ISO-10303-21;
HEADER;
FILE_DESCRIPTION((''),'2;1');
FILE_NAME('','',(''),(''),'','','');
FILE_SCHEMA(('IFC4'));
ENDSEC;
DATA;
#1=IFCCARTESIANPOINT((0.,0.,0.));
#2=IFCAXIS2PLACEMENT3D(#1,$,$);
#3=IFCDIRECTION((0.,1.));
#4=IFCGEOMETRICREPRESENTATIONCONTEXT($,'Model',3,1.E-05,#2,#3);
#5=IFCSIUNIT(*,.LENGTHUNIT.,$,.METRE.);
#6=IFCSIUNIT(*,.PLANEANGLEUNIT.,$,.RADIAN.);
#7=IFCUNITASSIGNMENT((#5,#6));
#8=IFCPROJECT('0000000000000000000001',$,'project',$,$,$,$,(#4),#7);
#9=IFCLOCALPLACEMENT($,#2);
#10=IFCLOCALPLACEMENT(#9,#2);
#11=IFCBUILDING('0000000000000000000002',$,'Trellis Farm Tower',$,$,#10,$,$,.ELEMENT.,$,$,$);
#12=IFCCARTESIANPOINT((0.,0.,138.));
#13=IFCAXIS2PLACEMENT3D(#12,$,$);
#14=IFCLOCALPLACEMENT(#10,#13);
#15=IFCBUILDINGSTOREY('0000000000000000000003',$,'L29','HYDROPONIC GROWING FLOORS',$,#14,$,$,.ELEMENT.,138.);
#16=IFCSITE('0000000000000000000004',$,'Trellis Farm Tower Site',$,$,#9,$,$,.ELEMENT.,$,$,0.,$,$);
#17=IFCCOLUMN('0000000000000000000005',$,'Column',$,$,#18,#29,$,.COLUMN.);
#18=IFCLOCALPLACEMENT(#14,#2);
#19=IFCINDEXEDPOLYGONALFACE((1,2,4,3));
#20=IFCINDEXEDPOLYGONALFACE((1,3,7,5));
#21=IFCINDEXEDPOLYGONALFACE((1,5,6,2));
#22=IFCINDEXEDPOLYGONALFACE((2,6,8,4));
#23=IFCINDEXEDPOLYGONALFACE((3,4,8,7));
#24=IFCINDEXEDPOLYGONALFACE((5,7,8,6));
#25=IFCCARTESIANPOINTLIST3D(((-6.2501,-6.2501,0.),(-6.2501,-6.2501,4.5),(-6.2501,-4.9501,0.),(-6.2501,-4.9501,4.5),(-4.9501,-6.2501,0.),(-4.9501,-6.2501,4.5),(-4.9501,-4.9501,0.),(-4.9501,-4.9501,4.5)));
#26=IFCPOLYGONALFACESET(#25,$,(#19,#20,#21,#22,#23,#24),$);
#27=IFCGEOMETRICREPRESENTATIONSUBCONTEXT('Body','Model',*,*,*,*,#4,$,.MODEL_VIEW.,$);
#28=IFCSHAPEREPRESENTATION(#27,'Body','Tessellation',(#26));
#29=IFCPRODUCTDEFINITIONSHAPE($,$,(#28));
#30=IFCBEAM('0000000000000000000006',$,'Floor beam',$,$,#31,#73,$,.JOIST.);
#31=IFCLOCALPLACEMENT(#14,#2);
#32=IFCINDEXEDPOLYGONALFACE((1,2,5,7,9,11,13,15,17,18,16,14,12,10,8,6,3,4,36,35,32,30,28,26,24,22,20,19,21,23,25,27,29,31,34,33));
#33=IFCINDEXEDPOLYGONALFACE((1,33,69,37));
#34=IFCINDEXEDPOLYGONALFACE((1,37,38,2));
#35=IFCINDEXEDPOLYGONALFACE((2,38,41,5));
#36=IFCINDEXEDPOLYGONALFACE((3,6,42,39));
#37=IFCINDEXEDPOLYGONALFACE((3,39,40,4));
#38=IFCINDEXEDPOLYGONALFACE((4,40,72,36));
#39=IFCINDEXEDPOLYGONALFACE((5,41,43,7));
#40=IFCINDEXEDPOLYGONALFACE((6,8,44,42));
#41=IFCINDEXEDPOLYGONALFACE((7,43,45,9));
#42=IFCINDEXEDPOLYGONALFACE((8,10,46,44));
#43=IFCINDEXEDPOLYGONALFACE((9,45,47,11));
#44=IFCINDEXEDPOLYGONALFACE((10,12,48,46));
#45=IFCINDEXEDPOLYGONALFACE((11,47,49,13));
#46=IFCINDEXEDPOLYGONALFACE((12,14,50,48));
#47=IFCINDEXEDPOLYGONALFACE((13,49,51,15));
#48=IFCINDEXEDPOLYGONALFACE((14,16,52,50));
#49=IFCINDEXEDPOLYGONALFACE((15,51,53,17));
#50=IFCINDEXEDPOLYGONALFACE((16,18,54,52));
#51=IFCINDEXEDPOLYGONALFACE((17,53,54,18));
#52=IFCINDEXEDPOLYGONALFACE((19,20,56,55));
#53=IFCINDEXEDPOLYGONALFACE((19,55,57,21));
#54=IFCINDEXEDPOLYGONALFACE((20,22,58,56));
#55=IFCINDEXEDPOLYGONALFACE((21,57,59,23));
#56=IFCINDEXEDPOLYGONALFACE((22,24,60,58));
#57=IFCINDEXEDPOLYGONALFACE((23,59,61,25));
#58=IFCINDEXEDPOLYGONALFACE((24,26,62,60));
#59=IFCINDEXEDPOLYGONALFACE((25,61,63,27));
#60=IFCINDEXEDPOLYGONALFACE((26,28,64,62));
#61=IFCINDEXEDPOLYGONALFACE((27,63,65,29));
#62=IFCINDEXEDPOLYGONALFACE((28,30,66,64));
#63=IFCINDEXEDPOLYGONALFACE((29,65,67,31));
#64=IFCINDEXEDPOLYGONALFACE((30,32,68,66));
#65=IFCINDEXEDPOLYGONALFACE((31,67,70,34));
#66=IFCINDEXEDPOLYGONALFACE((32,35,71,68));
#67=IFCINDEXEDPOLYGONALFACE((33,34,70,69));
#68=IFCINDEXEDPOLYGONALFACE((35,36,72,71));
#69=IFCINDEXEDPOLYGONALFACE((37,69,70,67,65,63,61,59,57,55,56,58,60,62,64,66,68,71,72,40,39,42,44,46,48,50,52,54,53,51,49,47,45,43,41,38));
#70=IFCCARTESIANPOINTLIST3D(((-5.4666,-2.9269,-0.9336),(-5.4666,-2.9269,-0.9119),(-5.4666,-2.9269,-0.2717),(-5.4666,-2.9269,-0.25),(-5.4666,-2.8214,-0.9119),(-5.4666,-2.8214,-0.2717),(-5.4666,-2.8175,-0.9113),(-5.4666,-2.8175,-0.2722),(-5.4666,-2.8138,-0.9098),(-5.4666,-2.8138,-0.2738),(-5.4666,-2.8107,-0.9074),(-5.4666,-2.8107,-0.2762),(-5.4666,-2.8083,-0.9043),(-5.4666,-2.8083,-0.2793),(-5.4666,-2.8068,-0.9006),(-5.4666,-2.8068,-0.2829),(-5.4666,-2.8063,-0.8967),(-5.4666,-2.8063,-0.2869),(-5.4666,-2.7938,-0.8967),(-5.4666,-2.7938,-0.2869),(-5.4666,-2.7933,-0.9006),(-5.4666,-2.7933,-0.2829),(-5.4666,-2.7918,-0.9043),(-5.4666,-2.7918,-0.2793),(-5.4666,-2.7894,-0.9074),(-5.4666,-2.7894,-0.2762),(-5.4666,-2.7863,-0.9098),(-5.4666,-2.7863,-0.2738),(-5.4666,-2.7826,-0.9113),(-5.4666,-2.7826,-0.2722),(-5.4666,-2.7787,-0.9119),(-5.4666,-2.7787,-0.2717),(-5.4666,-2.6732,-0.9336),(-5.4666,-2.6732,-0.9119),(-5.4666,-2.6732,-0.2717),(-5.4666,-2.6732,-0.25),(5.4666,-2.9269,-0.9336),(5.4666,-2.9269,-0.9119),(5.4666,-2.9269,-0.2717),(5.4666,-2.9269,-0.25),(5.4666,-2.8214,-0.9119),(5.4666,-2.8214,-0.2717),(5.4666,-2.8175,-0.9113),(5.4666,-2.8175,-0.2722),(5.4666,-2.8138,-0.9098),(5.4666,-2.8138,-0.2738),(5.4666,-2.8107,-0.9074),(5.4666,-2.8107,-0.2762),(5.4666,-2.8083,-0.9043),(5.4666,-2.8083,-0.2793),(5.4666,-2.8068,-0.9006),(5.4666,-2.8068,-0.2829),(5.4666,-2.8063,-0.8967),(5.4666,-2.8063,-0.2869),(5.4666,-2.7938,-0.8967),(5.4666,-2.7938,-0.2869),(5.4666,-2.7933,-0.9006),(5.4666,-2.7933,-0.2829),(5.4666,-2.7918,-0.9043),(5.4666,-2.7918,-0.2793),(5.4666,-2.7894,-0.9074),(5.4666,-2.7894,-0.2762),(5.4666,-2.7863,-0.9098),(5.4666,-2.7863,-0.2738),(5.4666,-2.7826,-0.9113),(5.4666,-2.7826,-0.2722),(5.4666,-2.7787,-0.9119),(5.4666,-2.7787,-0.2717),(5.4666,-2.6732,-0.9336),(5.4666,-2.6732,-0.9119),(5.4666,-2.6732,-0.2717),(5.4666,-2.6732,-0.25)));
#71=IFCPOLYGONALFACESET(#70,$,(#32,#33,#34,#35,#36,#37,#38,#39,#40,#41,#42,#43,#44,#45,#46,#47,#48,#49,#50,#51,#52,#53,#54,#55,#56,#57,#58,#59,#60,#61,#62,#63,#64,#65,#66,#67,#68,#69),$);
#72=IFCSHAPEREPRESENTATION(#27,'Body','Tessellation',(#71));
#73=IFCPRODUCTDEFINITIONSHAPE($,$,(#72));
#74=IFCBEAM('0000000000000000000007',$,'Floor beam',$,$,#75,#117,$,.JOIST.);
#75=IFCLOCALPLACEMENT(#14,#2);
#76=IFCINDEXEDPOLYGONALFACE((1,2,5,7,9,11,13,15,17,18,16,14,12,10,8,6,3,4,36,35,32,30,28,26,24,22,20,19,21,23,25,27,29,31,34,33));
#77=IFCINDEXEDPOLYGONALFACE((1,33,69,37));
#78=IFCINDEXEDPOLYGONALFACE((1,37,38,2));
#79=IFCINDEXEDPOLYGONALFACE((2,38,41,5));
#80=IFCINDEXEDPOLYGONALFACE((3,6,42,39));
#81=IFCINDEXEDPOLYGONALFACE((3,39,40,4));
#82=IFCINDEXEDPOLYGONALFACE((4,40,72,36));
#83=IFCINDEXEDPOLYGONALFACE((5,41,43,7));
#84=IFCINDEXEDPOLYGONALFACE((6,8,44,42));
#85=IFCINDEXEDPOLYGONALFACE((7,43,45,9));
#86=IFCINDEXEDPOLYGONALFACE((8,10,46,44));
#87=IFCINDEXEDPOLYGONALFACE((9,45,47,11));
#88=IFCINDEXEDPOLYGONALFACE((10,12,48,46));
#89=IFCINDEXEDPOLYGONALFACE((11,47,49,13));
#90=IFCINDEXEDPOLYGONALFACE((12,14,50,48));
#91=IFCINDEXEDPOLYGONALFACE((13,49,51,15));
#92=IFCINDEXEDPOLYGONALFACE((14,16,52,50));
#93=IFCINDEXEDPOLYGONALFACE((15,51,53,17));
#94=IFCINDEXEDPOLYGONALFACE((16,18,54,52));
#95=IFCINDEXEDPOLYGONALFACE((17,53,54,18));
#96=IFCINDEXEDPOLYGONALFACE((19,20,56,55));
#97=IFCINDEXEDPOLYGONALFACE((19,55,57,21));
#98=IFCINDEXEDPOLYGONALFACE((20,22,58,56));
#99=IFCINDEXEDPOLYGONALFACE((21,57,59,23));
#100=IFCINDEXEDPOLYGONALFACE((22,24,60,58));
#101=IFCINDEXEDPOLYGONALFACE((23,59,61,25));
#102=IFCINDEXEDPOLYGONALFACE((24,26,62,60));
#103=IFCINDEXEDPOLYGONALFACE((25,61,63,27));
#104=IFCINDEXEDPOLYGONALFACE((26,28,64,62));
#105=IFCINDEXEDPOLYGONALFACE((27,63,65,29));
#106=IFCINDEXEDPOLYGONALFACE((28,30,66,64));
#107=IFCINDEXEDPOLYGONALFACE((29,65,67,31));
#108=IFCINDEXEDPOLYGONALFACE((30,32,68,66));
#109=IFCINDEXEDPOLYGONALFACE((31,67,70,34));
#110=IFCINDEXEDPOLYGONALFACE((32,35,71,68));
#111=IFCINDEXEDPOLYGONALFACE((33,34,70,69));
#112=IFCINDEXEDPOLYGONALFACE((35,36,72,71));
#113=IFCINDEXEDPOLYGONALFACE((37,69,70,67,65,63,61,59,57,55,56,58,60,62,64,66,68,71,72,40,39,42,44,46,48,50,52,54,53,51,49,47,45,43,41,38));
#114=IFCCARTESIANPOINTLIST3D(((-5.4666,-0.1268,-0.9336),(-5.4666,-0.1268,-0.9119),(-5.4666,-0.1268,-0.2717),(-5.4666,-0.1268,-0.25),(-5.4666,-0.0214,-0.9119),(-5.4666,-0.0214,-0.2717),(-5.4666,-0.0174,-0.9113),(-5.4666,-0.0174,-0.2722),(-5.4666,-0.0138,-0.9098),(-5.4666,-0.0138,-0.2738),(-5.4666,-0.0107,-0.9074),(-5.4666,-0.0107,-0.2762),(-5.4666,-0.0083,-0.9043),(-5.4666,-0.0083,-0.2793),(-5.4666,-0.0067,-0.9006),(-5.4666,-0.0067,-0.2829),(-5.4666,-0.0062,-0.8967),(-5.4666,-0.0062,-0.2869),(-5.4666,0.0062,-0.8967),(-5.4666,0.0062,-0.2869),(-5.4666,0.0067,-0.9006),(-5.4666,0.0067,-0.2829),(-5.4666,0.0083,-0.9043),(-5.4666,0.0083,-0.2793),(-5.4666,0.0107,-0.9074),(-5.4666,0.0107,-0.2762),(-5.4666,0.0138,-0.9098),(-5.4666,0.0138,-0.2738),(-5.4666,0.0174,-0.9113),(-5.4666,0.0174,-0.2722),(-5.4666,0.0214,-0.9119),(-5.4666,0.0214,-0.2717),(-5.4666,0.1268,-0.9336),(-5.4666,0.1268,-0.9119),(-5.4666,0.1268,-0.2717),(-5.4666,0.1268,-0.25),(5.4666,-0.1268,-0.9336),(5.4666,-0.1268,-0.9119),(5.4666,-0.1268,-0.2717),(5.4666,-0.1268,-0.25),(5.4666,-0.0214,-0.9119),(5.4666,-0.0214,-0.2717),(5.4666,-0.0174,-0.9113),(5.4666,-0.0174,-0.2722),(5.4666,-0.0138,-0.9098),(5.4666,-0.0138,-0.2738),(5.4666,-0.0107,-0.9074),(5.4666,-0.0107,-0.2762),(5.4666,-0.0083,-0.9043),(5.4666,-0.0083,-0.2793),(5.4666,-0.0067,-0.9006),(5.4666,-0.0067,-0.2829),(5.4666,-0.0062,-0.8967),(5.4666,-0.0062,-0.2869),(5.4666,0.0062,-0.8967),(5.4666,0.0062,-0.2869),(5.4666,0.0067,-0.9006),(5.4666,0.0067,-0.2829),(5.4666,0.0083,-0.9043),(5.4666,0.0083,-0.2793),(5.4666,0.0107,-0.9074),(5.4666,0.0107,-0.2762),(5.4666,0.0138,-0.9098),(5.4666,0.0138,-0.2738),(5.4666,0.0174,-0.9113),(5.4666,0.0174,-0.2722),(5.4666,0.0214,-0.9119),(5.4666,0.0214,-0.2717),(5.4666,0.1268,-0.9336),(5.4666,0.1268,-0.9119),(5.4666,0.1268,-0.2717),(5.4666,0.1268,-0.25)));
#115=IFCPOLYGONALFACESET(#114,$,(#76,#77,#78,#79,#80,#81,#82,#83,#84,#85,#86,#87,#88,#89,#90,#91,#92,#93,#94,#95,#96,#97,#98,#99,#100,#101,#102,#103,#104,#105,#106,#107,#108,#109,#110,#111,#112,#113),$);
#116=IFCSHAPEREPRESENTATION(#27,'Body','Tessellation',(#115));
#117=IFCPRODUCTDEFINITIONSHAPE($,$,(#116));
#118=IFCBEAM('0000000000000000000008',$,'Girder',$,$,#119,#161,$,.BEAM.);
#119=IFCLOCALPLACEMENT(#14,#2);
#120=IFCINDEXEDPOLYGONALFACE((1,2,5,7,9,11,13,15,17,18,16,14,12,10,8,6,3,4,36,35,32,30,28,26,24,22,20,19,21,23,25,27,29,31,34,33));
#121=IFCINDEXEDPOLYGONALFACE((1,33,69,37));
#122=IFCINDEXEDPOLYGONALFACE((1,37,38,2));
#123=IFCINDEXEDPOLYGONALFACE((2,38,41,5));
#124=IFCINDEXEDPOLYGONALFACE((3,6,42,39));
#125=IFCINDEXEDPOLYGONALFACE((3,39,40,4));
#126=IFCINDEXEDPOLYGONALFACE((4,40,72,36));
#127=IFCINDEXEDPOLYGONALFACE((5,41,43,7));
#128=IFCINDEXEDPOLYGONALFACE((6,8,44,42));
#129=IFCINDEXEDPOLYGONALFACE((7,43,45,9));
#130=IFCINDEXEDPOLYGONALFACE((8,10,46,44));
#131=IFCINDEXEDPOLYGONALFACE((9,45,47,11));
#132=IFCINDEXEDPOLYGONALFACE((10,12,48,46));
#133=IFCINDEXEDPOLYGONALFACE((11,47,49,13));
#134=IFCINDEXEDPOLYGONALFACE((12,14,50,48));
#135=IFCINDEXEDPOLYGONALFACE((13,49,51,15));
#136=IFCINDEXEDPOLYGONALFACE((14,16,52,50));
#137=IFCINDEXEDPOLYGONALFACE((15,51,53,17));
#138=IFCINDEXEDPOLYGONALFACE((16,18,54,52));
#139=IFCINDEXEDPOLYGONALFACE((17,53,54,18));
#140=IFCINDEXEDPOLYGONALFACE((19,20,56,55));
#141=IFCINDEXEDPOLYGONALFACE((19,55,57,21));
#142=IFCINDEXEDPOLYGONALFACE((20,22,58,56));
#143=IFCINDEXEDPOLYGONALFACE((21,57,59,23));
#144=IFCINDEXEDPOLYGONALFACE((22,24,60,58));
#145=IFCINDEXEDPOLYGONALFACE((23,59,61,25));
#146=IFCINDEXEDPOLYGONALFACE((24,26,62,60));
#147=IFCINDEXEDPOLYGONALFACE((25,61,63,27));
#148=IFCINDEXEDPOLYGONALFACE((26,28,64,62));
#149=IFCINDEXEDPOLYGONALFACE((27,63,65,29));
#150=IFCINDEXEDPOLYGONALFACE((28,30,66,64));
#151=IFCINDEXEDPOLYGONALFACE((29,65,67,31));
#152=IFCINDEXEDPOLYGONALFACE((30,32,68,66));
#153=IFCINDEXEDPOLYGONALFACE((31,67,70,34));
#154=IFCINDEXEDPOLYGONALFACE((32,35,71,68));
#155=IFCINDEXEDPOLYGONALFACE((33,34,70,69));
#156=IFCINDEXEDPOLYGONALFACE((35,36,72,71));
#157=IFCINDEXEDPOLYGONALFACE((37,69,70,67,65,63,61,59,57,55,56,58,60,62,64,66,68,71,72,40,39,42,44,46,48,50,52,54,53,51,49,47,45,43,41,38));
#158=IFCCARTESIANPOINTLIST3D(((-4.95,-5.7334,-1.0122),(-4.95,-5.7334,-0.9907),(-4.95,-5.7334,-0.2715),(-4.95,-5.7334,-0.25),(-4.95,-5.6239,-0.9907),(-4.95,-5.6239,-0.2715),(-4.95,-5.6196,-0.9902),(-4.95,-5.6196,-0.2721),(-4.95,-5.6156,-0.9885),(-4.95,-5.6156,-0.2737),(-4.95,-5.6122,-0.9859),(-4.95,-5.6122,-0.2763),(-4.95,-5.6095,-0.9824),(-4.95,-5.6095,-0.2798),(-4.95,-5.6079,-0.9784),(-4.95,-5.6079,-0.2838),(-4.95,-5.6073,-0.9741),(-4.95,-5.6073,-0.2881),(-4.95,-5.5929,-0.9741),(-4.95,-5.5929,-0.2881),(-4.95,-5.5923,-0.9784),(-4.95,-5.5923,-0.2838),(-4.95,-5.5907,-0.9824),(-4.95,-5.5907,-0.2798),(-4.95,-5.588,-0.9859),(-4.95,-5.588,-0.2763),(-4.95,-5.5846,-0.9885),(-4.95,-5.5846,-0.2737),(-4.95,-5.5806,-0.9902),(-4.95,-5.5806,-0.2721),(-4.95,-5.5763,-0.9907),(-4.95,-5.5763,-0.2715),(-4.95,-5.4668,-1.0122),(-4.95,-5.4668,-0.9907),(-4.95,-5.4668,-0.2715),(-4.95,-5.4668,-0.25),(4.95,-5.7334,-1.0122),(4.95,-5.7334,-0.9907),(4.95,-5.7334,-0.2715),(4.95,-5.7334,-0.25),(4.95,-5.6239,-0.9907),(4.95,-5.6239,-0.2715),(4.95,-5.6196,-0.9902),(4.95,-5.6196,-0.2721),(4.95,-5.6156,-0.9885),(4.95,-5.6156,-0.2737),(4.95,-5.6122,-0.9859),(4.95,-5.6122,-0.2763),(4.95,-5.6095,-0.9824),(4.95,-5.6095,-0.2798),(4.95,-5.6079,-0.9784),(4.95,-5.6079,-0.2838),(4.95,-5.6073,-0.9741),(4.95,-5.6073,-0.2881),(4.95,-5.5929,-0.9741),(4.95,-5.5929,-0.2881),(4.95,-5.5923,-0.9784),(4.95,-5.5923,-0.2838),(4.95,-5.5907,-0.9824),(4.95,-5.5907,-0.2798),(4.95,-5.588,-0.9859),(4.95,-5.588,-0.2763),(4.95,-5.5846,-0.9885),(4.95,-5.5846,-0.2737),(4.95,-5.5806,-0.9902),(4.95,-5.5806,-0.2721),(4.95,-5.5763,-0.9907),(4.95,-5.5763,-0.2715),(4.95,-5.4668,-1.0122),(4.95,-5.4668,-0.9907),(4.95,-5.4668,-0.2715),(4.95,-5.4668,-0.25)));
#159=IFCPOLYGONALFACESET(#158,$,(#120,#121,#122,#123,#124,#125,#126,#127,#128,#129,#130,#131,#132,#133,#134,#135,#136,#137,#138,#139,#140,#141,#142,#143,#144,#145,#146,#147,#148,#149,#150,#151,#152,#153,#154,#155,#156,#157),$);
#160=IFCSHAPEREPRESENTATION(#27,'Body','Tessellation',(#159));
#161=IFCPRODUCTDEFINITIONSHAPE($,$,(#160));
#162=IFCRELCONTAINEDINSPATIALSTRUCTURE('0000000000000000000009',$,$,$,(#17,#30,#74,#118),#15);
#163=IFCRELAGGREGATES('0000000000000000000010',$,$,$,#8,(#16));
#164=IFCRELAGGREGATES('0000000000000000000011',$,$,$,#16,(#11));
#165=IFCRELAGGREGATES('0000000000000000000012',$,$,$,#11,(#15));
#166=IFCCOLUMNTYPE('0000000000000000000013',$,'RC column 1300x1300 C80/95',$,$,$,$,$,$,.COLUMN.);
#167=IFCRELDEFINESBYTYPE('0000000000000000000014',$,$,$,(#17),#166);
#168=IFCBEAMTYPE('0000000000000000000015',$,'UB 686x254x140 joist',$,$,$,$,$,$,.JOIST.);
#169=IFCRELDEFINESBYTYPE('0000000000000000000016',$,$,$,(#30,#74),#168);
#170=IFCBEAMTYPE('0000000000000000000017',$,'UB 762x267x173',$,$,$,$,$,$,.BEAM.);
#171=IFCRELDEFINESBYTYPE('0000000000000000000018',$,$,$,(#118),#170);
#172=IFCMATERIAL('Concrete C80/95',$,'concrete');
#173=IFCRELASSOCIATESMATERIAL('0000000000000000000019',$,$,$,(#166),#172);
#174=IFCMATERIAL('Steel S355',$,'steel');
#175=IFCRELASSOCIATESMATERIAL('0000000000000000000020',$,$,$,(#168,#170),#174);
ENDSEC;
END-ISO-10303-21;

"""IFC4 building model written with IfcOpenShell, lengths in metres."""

from ifc_helpers import new_model, si_unit, direction, frame, origin, origin_2d, place, context, subcontext, project, spatial, rectangle, i_section, extrude, source, transform, mapped, material, material_profile, profile_set, type_object, element, save


model = new_model("IFC4")

# Units and contexts
model_context = context("Model", 3, precision=1e-05, world=origin(), true_north=direction((0.0, 1.0)))
body_context = subcontext(model_context, "Body", "Model", "MODEL_VIEW")
ifc_project = project(units=[si_unit("LENGTHUNIT", "METRE"), si_unit("PLANEANGLEUNIT", "RADIAN")], contexts=[model_context])

# Site, building, storey
site_placement = place(None, origin())
site = spatial("IfcSite", under=ifc_project, at=site_placement, Name="Trellis Farm Tower Site", CompositionType="ELEMENT", RefElevation=0.0)
building_placement = place(site_placement, origin())
building = spatial("IfcBuilding", under=site, at=building_placement, Name="Trellis Farm Tower", CompositionType="ELEMENT")
storey_placement = place(building_placement, frame((0.0, 0.0, 138.0)))
storey = spatial("IfcBuildingStorey", under=building, at=storey_placement, Name="L29", Description="HYDROPONIC GROWING FLOORS", CompositionType="ELEMENT", Elevation=138.0)

# Column
ifc_material_1 = material(Name="Concrete C80/95", Category="concrete")
ifc_material_profile_1 = material_profile(ifc_material_1, rectangle(XDim=1.3, YDim=1.3, at=origin_2d()), Name="RC column 1300x1300 C80/95")
ifc_profile_set_1 = profile_set([ifc_material_profile_1], Name="Concrete C80/95")
column_type = type_object("IfcColumnType", Name="RC column 1300x1300 C80/95", PredefinedType="COLUMN", material=ifc_profile_set_1)
shared_shape_1 = source(origin(), body_context, "Body", "SweptSolid", [
    extrude(rectangle(XDim=1.3, YDim=1.3, at=origin_2d()), origin(), (0.0, 0.0, 1.0), 4.5),
])
column_placement = place(storey_placement, frame((-5.6001, -5.6001, 0.0), z_axis=(0.0, 0.0, 1.0), x_axis=(1.0, 0.0, 0.0)))
element("IfcColumn", 1, at=column_placement, inside=storey, type_object=column_type, Name="Column", PredefinedType="COLUMN", context=body_context, shape_type="MappedRepresentation", body=[
    mapped(shared_shape_1, transform((0.0, 0.0, 0.0))),
])

# Beams
ifc_material_2 = material(Name="Steel S355", Category="steel")
ifc_material_profile_2 = material_profile(ifc_material_2, i_section(OverallWidth=0.2537, OverallDepth=0.6836, WebThickness=0.0125, FlangeThickness=0.0217, FilletRadius=0.0151, at=origin_2d()), Name="UB 686x254x140")
ifc_profile_set_2 = profile_set([ifc_material_profile_2], Name="Steel S355")
beam_type_1 = type_object("IfcBeamType", Name="UB 686x254x140 joist", PredefinedType="JOIST", material=ifc_profile_set_2)
shared_shape_2 = source(origin(), body_context, "Body", "SweptSolid", [
    extrude(i_section(OverallWidth=0.2537, OverallDepth=0.6836, WebThickness=0.0125, FlangeThickness=0.0217, FilletRadius=0.0151, at=origin_2d()), origin(), (0.0, 0.0, 1.0), 10.9331),
])
for number, where, z_axis, x_axis, name in (
    (2, (-5.4666, -2.8, -0.5918), (1.0, 0.0, 0.0), (0.0, 1.0, 0.0), "Floor beam"),
    (3, (-5.4666, 0.0, -0.5918), (1.0, 0.0, 0.0), (0.0, 1.0, 0.0), "Floor beam"),
):
    element("IfcBeam", number, at=place(storey_placement, frame(where, z_axis=z_axis, x_axis=x_axis)), inside=storey, type_object=beam_type_1, Name=name, PredefinedType="JOIST", context=body_context, shape_type="MappedRepresentation", body=[
        mapped(shared_shape_2, transform((0.0, 0.0, 0.0))),
    ])
ifc_material_profile_3 = material_profile(ifc_material_2, i_section(OverallWidth=0.2666, OverallDepth=0.7622, WebThickness=0.0144, FlangeThickness=0.0215, FilletRadius=0.0166, at=origin_2d()), Name="UB 762x267x173")
ifc_profile_set_3 = profile_set([ifc_material_profile_3], Name="Steel S355")
beam_type_2 = type_object("IfcBeamType", Name="UB 762x267x173", PredefinedType="BEAM", material=ifc_profile_set_3)
shared_shape_3 = source(origin(), body_context, "Body", "SweptSolid", [
    extrude(i_section(OverallWidth=0.2666, OverallDepth=0.7622, WebThickness=0.0144, FlangeThickness=0.0215, FilletRadius=0.0166, at=origin_2d()), origin(), (0.0, 0.0, 1.0), 9.8999),
])
for number, where, z_axis, x_axis, name in (
    (4, (-4.95, -5.6001, -0.6311), (1.0, 0.0, 0.0), (0.0, 1.0, 0.0), "Girder"),
):
    element("IfcBeam", number, at=place(storey_placement, frame(where, z_axis=z_axis, x_axis=x_axis)), inside=storey, type_object=beam_type_2, Name=name, PredefinedType="BEAM", context=body_context, shape_type="MappedRepresentation", body=[
        mapped(shared_shape_3, transform((0.0, 0.0, 0.0))),
    ])

save(model, "model.ifc")
